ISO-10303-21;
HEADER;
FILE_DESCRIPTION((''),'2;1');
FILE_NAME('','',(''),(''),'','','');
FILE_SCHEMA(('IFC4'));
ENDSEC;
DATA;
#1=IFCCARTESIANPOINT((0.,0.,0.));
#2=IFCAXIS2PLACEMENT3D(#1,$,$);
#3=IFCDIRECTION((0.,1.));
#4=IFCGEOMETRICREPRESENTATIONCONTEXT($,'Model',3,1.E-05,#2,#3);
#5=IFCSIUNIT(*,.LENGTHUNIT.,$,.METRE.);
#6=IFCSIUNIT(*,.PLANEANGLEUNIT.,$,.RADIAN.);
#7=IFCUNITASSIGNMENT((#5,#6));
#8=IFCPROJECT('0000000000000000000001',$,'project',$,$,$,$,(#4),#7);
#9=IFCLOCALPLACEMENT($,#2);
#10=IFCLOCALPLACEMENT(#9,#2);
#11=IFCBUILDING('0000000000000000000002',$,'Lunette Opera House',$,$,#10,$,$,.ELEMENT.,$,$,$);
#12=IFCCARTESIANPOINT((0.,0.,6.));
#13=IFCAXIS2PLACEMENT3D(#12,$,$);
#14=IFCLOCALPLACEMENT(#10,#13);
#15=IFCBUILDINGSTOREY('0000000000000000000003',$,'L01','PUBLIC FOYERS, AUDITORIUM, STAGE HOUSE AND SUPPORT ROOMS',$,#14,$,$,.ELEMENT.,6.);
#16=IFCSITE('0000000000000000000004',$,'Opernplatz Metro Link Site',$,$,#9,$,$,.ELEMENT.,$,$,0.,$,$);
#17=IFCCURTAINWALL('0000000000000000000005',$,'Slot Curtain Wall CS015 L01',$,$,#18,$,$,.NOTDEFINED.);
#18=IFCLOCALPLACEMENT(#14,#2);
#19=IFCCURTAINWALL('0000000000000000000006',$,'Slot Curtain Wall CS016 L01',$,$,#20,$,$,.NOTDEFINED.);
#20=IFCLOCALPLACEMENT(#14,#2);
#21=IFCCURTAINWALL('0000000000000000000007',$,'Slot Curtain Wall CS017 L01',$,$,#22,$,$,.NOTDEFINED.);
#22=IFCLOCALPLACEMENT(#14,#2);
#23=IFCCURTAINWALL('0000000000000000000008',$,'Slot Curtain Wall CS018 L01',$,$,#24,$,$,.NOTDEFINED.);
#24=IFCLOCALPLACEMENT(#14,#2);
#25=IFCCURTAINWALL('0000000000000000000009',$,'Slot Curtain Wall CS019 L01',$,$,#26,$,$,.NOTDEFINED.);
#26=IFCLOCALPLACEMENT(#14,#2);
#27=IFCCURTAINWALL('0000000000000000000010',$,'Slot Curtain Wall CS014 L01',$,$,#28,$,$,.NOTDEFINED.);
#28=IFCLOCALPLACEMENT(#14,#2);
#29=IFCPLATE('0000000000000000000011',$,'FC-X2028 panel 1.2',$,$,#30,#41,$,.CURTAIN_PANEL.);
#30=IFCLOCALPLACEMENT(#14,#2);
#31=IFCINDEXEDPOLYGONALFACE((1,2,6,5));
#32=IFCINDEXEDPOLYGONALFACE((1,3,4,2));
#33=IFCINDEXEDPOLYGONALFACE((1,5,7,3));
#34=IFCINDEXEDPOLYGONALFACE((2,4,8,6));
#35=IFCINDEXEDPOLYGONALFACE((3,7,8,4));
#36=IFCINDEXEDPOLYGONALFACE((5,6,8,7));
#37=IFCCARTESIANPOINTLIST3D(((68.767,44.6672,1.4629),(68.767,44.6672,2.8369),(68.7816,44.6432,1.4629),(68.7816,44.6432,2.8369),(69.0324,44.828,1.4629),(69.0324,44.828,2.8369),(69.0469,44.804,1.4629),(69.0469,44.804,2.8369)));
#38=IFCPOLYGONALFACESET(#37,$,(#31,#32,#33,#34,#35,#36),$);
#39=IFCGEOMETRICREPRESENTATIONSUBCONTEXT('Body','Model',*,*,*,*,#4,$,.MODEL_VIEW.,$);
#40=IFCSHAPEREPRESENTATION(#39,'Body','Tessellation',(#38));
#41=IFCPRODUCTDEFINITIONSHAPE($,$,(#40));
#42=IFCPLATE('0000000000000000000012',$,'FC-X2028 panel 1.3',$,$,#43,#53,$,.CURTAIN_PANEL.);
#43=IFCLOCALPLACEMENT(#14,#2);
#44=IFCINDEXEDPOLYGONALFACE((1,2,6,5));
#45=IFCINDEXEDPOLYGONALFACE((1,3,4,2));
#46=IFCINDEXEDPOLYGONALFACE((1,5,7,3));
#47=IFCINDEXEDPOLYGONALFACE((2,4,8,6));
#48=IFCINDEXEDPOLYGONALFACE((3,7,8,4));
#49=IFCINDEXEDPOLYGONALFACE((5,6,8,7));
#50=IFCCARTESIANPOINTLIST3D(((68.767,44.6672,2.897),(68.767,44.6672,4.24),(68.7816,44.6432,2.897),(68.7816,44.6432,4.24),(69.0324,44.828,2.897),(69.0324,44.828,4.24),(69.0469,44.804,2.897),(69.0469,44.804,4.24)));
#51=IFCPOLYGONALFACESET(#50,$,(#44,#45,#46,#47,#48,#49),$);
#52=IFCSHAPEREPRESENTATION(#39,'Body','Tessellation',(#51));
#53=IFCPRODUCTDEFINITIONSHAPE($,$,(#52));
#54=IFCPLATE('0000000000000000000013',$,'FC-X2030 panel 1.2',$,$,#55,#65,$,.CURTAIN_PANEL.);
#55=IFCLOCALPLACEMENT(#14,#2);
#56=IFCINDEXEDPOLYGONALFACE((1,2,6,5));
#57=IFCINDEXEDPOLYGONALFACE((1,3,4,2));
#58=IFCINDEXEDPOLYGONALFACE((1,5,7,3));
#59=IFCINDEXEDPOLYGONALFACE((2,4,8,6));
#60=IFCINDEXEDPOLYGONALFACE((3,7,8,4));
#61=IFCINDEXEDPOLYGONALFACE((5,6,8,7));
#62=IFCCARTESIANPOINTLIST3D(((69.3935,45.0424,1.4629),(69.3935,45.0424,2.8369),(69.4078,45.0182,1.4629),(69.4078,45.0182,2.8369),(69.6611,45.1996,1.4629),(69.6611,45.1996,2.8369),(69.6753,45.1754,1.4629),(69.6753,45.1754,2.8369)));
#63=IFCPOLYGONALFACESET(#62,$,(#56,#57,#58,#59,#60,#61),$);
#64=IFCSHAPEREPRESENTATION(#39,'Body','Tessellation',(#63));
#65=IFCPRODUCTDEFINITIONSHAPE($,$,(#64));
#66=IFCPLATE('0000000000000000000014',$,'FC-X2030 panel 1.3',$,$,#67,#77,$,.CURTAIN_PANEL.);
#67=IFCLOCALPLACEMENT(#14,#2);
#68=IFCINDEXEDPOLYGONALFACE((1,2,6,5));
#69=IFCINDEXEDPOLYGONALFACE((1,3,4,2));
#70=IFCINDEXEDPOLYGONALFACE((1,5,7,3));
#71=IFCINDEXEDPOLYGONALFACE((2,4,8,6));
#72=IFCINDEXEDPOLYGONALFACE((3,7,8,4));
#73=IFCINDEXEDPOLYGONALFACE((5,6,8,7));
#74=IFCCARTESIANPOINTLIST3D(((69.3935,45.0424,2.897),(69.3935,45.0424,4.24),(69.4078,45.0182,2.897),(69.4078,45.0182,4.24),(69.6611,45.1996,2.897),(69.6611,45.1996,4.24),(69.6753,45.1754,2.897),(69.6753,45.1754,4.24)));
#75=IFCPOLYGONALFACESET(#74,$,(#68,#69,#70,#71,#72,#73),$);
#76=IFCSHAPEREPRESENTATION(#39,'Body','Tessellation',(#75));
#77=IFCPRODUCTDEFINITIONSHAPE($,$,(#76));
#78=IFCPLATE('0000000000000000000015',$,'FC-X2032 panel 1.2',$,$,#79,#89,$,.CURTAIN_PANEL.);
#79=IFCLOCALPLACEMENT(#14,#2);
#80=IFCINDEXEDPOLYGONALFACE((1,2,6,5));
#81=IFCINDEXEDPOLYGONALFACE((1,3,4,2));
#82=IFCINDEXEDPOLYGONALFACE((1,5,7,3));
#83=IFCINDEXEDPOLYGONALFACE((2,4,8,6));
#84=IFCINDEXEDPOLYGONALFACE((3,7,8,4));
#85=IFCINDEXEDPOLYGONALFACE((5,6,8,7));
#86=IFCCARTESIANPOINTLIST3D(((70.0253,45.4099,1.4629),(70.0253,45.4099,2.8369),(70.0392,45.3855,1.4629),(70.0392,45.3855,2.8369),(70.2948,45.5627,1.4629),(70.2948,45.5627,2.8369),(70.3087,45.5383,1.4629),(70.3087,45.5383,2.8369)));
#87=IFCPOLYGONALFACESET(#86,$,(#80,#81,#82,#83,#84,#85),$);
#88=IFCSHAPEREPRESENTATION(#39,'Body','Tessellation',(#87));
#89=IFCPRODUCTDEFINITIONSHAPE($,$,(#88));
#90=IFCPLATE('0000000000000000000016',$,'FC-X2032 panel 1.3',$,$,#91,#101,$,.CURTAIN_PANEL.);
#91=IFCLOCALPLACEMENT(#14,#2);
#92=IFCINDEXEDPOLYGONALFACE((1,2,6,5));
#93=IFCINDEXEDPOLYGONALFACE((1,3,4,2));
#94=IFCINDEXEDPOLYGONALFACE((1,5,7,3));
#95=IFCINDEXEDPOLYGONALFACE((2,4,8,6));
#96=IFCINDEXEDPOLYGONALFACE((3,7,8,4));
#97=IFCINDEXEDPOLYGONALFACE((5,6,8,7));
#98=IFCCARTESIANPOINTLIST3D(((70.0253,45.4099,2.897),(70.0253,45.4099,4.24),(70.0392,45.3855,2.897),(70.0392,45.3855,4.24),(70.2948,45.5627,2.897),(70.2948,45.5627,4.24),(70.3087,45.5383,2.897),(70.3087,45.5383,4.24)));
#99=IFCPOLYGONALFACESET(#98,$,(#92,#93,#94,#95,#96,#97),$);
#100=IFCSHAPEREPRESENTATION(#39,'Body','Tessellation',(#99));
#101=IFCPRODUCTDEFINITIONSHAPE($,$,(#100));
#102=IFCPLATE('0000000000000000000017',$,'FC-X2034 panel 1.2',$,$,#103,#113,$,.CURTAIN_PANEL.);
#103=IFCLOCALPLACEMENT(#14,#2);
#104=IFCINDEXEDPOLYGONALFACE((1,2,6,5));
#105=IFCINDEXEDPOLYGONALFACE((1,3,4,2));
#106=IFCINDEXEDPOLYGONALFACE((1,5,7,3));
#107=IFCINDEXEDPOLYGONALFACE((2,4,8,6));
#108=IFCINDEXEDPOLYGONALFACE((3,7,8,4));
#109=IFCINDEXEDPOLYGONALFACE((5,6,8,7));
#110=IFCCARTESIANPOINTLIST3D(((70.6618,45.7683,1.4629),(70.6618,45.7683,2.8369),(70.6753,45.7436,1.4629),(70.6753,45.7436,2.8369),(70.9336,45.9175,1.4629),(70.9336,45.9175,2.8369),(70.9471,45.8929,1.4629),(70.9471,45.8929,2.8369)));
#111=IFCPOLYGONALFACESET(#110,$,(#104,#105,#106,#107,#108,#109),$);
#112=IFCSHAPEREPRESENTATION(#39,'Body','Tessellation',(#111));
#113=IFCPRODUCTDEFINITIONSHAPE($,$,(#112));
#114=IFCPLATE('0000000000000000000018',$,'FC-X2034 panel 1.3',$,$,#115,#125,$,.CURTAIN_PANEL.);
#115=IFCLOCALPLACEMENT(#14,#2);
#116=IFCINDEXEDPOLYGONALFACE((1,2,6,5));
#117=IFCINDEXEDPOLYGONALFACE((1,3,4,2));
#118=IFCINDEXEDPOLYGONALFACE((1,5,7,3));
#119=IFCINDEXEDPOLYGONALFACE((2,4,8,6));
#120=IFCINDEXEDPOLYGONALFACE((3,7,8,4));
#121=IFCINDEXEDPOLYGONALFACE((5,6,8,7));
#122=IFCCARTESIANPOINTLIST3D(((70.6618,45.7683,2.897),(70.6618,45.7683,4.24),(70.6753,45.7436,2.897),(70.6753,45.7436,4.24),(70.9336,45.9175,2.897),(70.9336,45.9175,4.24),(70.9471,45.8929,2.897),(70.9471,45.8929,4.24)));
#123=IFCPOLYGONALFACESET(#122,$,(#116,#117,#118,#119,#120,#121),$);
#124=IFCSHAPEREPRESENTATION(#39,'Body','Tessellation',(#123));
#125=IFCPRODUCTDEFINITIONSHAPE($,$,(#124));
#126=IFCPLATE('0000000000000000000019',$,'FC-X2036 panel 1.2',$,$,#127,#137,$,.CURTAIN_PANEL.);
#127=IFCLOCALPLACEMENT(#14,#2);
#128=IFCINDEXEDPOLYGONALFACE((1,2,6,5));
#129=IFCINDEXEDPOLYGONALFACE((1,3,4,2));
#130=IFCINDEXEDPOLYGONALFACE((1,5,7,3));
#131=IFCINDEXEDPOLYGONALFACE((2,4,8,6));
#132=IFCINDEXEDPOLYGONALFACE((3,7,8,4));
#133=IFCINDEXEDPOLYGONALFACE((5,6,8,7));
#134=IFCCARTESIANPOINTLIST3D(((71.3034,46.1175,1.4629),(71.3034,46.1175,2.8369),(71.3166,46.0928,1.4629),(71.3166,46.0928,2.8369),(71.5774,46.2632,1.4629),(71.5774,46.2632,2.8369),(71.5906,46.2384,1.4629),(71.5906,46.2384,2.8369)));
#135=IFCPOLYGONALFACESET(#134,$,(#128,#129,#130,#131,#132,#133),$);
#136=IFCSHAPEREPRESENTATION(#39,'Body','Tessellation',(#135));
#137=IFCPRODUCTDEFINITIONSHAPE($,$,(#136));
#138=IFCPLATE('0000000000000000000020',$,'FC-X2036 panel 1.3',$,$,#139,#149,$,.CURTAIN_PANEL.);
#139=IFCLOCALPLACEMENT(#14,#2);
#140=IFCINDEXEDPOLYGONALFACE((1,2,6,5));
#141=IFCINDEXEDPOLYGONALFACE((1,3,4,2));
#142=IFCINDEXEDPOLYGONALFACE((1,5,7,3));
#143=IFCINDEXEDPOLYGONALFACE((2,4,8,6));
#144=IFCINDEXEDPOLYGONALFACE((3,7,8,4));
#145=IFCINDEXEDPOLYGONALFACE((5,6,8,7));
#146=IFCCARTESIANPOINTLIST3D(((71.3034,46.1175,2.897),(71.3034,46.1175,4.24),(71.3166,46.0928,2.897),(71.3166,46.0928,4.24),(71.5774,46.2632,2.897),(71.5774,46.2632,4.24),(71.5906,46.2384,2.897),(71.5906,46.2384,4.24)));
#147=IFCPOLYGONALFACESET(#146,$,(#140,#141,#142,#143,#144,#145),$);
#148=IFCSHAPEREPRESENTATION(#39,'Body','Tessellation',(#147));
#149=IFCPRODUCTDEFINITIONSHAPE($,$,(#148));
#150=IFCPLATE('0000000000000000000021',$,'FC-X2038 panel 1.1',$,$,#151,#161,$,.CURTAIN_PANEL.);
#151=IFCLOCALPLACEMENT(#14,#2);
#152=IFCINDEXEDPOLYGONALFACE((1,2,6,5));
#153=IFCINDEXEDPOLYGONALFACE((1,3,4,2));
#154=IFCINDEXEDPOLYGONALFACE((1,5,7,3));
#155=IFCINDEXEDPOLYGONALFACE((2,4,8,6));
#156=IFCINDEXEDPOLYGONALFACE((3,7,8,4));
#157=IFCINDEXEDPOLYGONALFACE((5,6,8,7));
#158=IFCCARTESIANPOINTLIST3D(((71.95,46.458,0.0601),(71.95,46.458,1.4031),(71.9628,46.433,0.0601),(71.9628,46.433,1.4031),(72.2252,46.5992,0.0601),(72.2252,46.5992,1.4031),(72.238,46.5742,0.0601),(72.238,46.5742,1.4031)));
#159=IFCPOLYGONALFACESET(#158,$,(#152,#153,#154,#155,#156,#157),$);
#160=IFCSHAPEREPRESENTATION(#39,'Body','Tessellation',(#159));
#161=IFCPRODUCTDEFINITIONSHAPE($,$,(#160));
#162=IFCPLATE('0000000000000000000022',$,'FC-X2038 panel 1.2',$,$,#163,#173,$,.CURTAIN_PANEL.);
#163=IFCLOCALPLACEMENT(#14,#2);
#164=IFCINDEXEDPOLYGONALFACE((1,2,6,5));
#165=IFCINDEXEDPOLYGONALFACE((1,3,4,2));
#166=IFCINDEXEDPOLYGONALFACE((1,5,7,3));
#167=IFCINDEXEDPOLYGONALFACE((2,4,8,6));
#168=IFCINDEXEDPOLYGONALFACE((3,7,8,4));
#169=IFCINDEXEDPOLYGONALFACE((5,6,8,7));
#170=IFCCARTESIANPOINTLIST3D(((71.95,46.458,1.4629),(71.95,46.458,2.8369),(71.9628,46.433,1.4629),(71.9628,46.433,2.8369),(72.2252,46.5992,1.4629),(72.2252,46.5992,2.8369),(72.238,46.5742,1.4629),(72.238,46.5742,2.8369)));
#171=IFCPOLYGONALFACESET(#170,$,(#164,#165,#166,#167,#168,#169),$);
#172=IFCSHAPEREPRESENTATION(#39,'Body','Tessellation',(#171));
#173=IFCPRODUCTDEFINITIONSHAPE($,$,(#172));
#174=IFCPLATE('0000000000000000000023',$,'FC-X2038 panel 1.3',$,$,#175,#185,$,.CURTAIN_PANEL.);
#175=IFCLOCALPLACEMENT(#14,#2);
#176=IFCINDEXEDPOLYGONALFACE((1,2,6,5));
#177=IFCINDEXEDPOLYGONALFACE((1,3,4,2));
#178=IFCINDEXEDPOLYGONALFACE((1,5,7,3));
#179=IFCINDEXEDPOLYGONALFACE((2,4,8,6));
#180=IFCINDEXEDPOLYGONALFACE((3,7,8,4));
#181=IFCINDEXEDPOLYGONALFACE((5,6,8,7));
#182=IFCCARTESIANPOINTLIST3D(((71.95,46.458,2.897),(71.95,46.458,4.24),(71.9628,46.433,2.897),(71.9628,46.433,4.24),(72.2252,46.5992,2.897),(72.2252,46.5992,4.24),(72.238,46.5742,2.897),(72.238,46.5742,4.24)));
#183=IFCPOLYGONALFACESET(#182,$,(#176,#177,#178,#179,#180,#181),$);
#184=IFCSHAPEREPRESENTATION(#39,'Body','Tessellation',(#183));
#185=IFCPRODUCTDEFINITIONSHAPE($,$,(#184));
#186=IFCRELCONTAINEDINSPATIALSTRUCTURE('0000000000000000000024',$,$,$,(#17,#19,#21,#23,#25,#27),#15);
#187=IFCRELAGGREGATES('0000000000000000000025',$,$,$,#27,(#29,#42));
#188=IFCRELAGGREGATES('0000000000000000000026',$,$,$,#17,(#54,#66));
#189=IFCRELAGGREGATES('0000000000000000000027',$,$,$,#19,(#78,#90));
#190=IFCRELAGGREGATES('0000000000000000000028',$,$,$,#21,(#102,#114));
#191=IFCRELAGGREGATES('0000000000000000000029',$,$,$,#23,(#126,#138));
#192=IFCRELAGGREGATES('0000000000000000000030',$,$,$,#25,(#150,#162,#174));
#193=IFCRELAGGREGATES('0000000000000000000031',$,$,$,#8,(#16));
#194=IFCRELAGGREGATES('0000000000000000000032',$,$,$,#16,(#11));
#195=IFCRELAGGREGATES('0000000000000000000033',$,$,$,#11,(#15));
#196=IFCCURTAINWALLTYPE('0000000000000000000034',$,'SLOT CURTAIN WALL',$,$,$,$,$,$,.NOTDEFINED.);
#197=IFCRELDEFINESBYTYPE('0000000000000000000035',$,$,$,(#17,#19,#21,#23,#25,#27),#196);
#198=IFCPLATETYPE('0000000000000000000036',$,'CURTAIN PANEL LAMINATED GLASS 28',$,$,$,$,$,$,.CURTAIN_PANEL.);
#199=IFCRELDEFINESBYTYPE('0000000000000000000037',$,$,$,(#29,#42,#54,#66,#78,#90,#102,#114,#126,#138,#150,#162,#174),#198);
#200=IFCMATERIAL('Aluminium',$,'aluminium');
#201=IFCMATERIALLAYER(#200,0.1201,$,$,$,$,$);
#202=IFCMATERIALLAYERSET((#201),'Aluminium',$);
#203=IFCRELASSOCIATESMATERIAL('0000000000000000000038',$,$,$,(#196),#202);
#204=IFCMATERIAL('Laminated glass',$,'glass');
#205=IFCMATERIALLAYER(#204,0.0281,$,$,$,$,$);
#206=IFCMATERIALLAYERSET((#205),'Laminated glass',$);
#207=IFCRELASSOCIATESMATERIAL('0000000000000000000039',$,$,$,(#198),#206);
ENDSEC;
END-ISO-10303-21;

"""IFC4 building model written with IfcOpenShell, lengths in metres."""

from ifc_helpers import new_model, si_unit, direction, frame, origin, origin_2d, place, context, subcontext, project, spatial, rectangle, extrude, material, layer, layer_set, type_object, element, aggregate, save


model = new_model("IFC4")

# Units and contexts
model_context = context("Model", 3, precision=1e-05, world=origin(), true_north=direction((0.0, 1.0)))
body_context = subcontext(model_context, "Body", "Model", "MODEL_VIEW")
ifc_project = project(units=[si_unit("LENGTHUNIT", "METRE"), si_unit("PLANEANGLEUNIT", "RADIAN")], contexts=[model_context])

# Site, building, storey
site_placement = place(None, origin())
site = spatial("IfcSite", under=ifc_project, at=site_placement, Name="Opernplatz Metro Link Site", CompositionType="ELEMENT", RefElevation=0.0)
building_placement = place(site_placement, origin())
building = spatial("IfcBuilding", under=site, at=building_placement, Name="Lunette Opera House", CompositionType="ELEMENT")
storey_placement = place(building_placement, frame((0.0, 0.0, 6.0)))
storey = spatial("IfcBuildingStorey", under=building, at=storey_placement, Name="L01", Description="PUBLIC FOYERS, AUDITORIUM, STAGE HOUSE AND SUPPORT ROOMS", CompositionType="ELEMENT", Elevation=6.0)

# Curtain walls
ifc_material_1 = material(Name="Aluminium", Category="aluminium")
ifc_layer_1 = layer(ifc_material_1, 0.1201)
ifc_layer_set_1 = layer_set([ifc_layer_1], Name="Aluminium")
curtain_wall_type = type_object("IfcCurtainWallType", Name="SLOT CURTAIN WALL", PredefinedType="NOTDEFINED", material=ifc_layer_set_1)
curtain_wall_1_placement = place(storey_placement, origin())
curtain_wall_1 = element("IfcCurtainWall", 1, at=curtain_wall_1_placement, inside=storey, type_object=curtain_wall_type, Name="Slot Curtain Wall CS015 L01", PredefinedType="NOTDEFINED")
curtain_wall_2_placement = place(storey_placement, origin())
curtain_wall_2 = element("IfcCurtainWall", 2, at=curtain_wall_2_placement, inside=storey, type_object=curtain_wall_type, Name="Slot Curtain Wall CS016 L01", PredefinedType="NOTDEFINED")
curtain_wall_3_placement = place(storey_placement, origin())
curtain_wall_3 = element("IfcCurtainWall", 3, at=curtain_wall_3_placement, inside=storey, type_object=curtain_wall_type, Name="Slot Curtain Wall CS017 L01", PredefinedType="NOTDEFINED")
curtain_wall_4_placement = place(storey_placement, origin())
curtain_wall_4 = element("IfcCurtainWall", 4, at=curtain_wall_4_placement, inside=storey, type_object=curtain_wall_type, Name="Slot Curtain Wall CS018 L01", PredefinedType="NOTDEFINED")
curtain_wall_5_placement = place(storey_placement, origin())
curtain_wall_5 = element("IfcCurtainWall", 5, at=curtain_wall_5_placement, inside=storey, type_object=curtain_wall_type, Name="Slot Curtain Wall CS019 L01", PredefinedType="NOTDEFINED")

# Curtain wall, plates
curtain_wall_6_placement = place(storey_placement, origin())
curtain_wall_6 = element("IfcCurtainWall", 6, at=curtain_wall_6_placement, inside=storey, type_object=curtain_wall_type, Name="Slot Curtain Wall CS014 L01", PredefinedType="NOTDEFINED")
ifc_material_2 = material(Name="Laminated glass", Category="glass")
ifc_layer_2 = layer(ifc_material_2, 0.0281)
ifc_layer_set_2 = layer_set([ifc_layer_2], Name="Laminated glass")
plate_type = type_object("IfcPlateType", Name="CURTAIN PANEL LAMINATED GLASS 28", PredefinedType="CURTAIN_PANEL", material=ifc_layer_set_2)
plate_1_placement = place(storey_placement, frame((68.907, 44.7356, 1.4629), z_axis=(0.0, 0.0, 1.0), x_axis=(0.855229, 0.51825, 0.0)))
plate_1 = element("IfcPlate", 7, at=plate_1_placement, type_object=plate_type, Name="FC-X2028 panel 1.2", PredefinedType="CURTAIN_PANEL", context=body_context, shape_type="SweptSolid", body=[
    extrude(rectangle(XDim=0.3103, YDim=0.0281, at=origin_2d()), origin(), (0.0, 0.0, 1.0), 1.374),
])
plate_2_placement = place(storey_placement, frame((68.907, 44.7356, 2.897), z_axis=(0.0, 0.0, 1.0), x_axis=(0.855229, 0.51825, 0.0)))
plate_2 = element("IfcPlate", 8, at=plate_2_placement, type_object=plate_type, Name="FC-X2028 panel 1.3", PredefinedType="CURTAIN_PANEL", context=body_context, shape_type="SweptSolid", body=[
    extrude(rectangle(XDim=0.3103, YDim=0.0281, at=origin_2d()), origin(), (0.0, 0.0, 1.0), 1.343),
])
aggregate(curtain_wall_6, [plate_1, plate_2])

# Plates
plate_3_placement = place(storey_placement, frame((69.5344, 45.1089, 1.4629), z_axis=(0.0, 0.0, 1.0), x_axis=(0.862173, 0.506614, 0.0)))
plate_3 = element("IfcPlate", 9, at=plate_3_placement, type_object=plate_type, Name="FC-X2030 panel 1.2", PredefinedType="CURTAIN_PANEL", context=body_context, shape_type="SweptSolid", body=[
    extrude(rectangle(XDim=0.3103, YDim=0.0281, at=origin_2d()), origin(), (0.0, 0.0, 1.0), 1.374),
])
plate_4_placement = place(storey_placement, frame((69.5344, 45.1089, 2.897), z_axis=(0.0, 0.0, 1.0), x_axis=(0.862173, 0.506614, 0.0)))
plate_4 = element("IfcPlate", 10, at=plate_4_placement, type_object=plate_type, Name="FC-X2030 panel 1.3", PredefinedType="CURTAIN_PANEL", context=body_context, shape_type="SweptSolid", body=[
    extrude(rectangle(XDim=0.3103, YDim=0.0281, at=origin_2d()), origin(), (0.0, 0.0, 1.0), 1.343),
])
aggregate(curtain_wall_1, [plate_3, plate_4])
plate_5_placement = place(storey_placement, frame((70.167, 45.4741, 1.4629), z_axis=(0.0, 0.0, 1.0), x_axis=(0.869956, 0.49313, 0.0)))
plate_5 = element("IfcPlate", 11, at=plate_5_placement, type_object=plate_type, Name="FC-X2032 panel 1.2", PredefinedType="CURTAIN_PANEL", context=body_context, shape_type="SweptSolid", body=[
    extrude(rectangle(XDim=0.3098, YDim=0.0281, at=origin_2d()), origin(), (0.0, 0.0, 1.0), 1.374),
])
plate_6_placement = place(storey_placement, frame((70.167, 45.4741, 2.897), z_axis=(0.0, 0.0, 1.0), x_axis=(0.869956, 0.49313, 0.0)))
plate_6 = element("IfcPlate", 12, at=plate_6_placement, type_object=plate_type, Name="FC-X2032 panel 1.3", PredefinedType="CURTAIN_PANEL", context=body_context, shape_type="SweptSolid", body=[
    extrude(rectangle(XDim=0.3098, YDim=0.0281, at=origin_2d()), origin(), (0.0, 0.0, 1.0), 1.343),
])
aggregate(curtain_wall_2, [plate_5, plate_6])
plate_7_placement = place(storey_placement, frame((70.8044, 45.8306, 1.4629), z_axis=(0.0, 0.0, 1.0), x_axis=(0.876559, 0.481294, 0.0)))
plate_7 = element("IfcPlate", 13, at=plate_7_placement, type_object=plate_type, Name="FC-X2034 panel 1.2", PredefinedType="CURTAIN_PANEL", context=body_context, shape_type="SweptSolid", body=[
    extrude(rectangle(XDim=0.3101, YDim=0.0281, at=origin_2d()), origin(), (0.0, 0.0, 1.0), 1.374),
])
plate_8_placement = place(storey_placement, frame((70.8044, 45.8306, 2.897), z_axis=(0.0, 0.0, 1.0), x_axis=(0.876559, 0.481294, 0.0)))
plate_8 = element("IfcPlate", 14, at=plate_8_placement, type_object=plate_type, Name="FC-X2034 panel 1.3", PredefinedType="CURTAIN_PANEL", context=body_context, shape_type="SweptSolid", body=[
    extrude(rectangle(XDim=0.3101, YDim=0.0281, at=origin_2d()), origin(), (0.0, 0.0, 1.0), 1.343),
])
aggregate(curtain_wall_3, [plate_7, plate_8])
plate_9_placement = place(storey_placement, frame((71.447, 46.178, 1.4629), z_axis=(0.0, 0.0, 1.0), x_axis=(0.882995, 0.469382, 0.0)))
plate_9 = element("IfcPlate", 15, at=plate_9_placement, type_object=plate_type, Name="FC-X2036 panel 1.2", PredefinedType="CURTAIN_PANEL", context=body_context, shape_type="SweptSolid", body=[
    extrude(rectangle(XDim=0.3103, YDim=0.0281, at=origin_2d()), origin(), (0.0, 0.0, 1.0), 1.374),
])
plate_10_placement = place(storey_placement, frame((71.447, 46.178, 2.897), z_axis=(0.0, 0.0, 1.0), x_axis=(0.882995, 0.469382, 0.0)))
plate_10 = element("IfcPlate", 16, at=plate_10_placement, type_object=plate_type, Name="FC-X2036 panel 1.3", PredefinedType="CURTAIN_PANEL", context=body_context, shape_type="SweptSolid", body=[
    extrude(rectangle(XDim=0.3103, YDim=0.0281, at=origin_2d()), origin(), (0.0, 0.0, 1.0), 1.343),
])
aggregate(curtain_wall_4, [plate_9, plate_10])
plate_11_placement = place(storey_placement, frame((72.094, 46.5161, 0.0601), z_axis=(0.0, 0.0, 1.0), x_axis=(0.88972, 0.456506, 0.0)))
plate_11 = element("IfcPlate", 17, at=plate_11_placement, type_object=plate_type, Name="FC-X2038 panel 1.1", PredefinedType="CURTAIN_PANEL", context=body_context, shape_type="SweptSolid", body=[
    extrude(rectangle(XDim=0.3093, YDim=0.0281, at=origin_2d()), origin(), (0.0, 0.0, 1.0), 1.343),
])
plate_12_placement = place(storey_placement, frame((72.094, 46.5161, 1.4629), z_axis=(0.0, 0.0, 1.0), x_axis=(0.88972, 0.456506, 0.0)))
plate_12 = element("IfcPlate", 18, at=plate_12_placement, type_object=plate_type, Name="FC-X2038 panel 1.2", PredefinedType="CURTAIN_PANEL", context=body_context, shape_type="SweptSolid", body=[
    extrude(rectangle(XDim=0.3093, YDim=0.0281, at=origin_2d()), origin(), (0.0, 0.0, 1.0), 1.374),
])
plate_13_placement = place(storey_placement, frame((72.094, 46.5161, 2.897), z_axis=(0.0, 0.0, 1.0), x_axis=(0.88972, 0.456506, 0.0)))
plate_13 = element("IfcPlate", 19, at=plate_13_placement, type_object=plate_type, Name="FC-X2038 panel 1.3", PredefinedType="CURTAIN_PANEL", context=body_context, shape_type="SweptSolid", body=[
    extrude(rectangle(XDim=0.3093, YDim=0.0281, at=origin_2d()), origin(), (0.0, 0.0, 1.0), 1.343),
])
aggregate(curtain_wall_5, [plate_11, plate_12, plate_13])

save(model, "model.ifc")
